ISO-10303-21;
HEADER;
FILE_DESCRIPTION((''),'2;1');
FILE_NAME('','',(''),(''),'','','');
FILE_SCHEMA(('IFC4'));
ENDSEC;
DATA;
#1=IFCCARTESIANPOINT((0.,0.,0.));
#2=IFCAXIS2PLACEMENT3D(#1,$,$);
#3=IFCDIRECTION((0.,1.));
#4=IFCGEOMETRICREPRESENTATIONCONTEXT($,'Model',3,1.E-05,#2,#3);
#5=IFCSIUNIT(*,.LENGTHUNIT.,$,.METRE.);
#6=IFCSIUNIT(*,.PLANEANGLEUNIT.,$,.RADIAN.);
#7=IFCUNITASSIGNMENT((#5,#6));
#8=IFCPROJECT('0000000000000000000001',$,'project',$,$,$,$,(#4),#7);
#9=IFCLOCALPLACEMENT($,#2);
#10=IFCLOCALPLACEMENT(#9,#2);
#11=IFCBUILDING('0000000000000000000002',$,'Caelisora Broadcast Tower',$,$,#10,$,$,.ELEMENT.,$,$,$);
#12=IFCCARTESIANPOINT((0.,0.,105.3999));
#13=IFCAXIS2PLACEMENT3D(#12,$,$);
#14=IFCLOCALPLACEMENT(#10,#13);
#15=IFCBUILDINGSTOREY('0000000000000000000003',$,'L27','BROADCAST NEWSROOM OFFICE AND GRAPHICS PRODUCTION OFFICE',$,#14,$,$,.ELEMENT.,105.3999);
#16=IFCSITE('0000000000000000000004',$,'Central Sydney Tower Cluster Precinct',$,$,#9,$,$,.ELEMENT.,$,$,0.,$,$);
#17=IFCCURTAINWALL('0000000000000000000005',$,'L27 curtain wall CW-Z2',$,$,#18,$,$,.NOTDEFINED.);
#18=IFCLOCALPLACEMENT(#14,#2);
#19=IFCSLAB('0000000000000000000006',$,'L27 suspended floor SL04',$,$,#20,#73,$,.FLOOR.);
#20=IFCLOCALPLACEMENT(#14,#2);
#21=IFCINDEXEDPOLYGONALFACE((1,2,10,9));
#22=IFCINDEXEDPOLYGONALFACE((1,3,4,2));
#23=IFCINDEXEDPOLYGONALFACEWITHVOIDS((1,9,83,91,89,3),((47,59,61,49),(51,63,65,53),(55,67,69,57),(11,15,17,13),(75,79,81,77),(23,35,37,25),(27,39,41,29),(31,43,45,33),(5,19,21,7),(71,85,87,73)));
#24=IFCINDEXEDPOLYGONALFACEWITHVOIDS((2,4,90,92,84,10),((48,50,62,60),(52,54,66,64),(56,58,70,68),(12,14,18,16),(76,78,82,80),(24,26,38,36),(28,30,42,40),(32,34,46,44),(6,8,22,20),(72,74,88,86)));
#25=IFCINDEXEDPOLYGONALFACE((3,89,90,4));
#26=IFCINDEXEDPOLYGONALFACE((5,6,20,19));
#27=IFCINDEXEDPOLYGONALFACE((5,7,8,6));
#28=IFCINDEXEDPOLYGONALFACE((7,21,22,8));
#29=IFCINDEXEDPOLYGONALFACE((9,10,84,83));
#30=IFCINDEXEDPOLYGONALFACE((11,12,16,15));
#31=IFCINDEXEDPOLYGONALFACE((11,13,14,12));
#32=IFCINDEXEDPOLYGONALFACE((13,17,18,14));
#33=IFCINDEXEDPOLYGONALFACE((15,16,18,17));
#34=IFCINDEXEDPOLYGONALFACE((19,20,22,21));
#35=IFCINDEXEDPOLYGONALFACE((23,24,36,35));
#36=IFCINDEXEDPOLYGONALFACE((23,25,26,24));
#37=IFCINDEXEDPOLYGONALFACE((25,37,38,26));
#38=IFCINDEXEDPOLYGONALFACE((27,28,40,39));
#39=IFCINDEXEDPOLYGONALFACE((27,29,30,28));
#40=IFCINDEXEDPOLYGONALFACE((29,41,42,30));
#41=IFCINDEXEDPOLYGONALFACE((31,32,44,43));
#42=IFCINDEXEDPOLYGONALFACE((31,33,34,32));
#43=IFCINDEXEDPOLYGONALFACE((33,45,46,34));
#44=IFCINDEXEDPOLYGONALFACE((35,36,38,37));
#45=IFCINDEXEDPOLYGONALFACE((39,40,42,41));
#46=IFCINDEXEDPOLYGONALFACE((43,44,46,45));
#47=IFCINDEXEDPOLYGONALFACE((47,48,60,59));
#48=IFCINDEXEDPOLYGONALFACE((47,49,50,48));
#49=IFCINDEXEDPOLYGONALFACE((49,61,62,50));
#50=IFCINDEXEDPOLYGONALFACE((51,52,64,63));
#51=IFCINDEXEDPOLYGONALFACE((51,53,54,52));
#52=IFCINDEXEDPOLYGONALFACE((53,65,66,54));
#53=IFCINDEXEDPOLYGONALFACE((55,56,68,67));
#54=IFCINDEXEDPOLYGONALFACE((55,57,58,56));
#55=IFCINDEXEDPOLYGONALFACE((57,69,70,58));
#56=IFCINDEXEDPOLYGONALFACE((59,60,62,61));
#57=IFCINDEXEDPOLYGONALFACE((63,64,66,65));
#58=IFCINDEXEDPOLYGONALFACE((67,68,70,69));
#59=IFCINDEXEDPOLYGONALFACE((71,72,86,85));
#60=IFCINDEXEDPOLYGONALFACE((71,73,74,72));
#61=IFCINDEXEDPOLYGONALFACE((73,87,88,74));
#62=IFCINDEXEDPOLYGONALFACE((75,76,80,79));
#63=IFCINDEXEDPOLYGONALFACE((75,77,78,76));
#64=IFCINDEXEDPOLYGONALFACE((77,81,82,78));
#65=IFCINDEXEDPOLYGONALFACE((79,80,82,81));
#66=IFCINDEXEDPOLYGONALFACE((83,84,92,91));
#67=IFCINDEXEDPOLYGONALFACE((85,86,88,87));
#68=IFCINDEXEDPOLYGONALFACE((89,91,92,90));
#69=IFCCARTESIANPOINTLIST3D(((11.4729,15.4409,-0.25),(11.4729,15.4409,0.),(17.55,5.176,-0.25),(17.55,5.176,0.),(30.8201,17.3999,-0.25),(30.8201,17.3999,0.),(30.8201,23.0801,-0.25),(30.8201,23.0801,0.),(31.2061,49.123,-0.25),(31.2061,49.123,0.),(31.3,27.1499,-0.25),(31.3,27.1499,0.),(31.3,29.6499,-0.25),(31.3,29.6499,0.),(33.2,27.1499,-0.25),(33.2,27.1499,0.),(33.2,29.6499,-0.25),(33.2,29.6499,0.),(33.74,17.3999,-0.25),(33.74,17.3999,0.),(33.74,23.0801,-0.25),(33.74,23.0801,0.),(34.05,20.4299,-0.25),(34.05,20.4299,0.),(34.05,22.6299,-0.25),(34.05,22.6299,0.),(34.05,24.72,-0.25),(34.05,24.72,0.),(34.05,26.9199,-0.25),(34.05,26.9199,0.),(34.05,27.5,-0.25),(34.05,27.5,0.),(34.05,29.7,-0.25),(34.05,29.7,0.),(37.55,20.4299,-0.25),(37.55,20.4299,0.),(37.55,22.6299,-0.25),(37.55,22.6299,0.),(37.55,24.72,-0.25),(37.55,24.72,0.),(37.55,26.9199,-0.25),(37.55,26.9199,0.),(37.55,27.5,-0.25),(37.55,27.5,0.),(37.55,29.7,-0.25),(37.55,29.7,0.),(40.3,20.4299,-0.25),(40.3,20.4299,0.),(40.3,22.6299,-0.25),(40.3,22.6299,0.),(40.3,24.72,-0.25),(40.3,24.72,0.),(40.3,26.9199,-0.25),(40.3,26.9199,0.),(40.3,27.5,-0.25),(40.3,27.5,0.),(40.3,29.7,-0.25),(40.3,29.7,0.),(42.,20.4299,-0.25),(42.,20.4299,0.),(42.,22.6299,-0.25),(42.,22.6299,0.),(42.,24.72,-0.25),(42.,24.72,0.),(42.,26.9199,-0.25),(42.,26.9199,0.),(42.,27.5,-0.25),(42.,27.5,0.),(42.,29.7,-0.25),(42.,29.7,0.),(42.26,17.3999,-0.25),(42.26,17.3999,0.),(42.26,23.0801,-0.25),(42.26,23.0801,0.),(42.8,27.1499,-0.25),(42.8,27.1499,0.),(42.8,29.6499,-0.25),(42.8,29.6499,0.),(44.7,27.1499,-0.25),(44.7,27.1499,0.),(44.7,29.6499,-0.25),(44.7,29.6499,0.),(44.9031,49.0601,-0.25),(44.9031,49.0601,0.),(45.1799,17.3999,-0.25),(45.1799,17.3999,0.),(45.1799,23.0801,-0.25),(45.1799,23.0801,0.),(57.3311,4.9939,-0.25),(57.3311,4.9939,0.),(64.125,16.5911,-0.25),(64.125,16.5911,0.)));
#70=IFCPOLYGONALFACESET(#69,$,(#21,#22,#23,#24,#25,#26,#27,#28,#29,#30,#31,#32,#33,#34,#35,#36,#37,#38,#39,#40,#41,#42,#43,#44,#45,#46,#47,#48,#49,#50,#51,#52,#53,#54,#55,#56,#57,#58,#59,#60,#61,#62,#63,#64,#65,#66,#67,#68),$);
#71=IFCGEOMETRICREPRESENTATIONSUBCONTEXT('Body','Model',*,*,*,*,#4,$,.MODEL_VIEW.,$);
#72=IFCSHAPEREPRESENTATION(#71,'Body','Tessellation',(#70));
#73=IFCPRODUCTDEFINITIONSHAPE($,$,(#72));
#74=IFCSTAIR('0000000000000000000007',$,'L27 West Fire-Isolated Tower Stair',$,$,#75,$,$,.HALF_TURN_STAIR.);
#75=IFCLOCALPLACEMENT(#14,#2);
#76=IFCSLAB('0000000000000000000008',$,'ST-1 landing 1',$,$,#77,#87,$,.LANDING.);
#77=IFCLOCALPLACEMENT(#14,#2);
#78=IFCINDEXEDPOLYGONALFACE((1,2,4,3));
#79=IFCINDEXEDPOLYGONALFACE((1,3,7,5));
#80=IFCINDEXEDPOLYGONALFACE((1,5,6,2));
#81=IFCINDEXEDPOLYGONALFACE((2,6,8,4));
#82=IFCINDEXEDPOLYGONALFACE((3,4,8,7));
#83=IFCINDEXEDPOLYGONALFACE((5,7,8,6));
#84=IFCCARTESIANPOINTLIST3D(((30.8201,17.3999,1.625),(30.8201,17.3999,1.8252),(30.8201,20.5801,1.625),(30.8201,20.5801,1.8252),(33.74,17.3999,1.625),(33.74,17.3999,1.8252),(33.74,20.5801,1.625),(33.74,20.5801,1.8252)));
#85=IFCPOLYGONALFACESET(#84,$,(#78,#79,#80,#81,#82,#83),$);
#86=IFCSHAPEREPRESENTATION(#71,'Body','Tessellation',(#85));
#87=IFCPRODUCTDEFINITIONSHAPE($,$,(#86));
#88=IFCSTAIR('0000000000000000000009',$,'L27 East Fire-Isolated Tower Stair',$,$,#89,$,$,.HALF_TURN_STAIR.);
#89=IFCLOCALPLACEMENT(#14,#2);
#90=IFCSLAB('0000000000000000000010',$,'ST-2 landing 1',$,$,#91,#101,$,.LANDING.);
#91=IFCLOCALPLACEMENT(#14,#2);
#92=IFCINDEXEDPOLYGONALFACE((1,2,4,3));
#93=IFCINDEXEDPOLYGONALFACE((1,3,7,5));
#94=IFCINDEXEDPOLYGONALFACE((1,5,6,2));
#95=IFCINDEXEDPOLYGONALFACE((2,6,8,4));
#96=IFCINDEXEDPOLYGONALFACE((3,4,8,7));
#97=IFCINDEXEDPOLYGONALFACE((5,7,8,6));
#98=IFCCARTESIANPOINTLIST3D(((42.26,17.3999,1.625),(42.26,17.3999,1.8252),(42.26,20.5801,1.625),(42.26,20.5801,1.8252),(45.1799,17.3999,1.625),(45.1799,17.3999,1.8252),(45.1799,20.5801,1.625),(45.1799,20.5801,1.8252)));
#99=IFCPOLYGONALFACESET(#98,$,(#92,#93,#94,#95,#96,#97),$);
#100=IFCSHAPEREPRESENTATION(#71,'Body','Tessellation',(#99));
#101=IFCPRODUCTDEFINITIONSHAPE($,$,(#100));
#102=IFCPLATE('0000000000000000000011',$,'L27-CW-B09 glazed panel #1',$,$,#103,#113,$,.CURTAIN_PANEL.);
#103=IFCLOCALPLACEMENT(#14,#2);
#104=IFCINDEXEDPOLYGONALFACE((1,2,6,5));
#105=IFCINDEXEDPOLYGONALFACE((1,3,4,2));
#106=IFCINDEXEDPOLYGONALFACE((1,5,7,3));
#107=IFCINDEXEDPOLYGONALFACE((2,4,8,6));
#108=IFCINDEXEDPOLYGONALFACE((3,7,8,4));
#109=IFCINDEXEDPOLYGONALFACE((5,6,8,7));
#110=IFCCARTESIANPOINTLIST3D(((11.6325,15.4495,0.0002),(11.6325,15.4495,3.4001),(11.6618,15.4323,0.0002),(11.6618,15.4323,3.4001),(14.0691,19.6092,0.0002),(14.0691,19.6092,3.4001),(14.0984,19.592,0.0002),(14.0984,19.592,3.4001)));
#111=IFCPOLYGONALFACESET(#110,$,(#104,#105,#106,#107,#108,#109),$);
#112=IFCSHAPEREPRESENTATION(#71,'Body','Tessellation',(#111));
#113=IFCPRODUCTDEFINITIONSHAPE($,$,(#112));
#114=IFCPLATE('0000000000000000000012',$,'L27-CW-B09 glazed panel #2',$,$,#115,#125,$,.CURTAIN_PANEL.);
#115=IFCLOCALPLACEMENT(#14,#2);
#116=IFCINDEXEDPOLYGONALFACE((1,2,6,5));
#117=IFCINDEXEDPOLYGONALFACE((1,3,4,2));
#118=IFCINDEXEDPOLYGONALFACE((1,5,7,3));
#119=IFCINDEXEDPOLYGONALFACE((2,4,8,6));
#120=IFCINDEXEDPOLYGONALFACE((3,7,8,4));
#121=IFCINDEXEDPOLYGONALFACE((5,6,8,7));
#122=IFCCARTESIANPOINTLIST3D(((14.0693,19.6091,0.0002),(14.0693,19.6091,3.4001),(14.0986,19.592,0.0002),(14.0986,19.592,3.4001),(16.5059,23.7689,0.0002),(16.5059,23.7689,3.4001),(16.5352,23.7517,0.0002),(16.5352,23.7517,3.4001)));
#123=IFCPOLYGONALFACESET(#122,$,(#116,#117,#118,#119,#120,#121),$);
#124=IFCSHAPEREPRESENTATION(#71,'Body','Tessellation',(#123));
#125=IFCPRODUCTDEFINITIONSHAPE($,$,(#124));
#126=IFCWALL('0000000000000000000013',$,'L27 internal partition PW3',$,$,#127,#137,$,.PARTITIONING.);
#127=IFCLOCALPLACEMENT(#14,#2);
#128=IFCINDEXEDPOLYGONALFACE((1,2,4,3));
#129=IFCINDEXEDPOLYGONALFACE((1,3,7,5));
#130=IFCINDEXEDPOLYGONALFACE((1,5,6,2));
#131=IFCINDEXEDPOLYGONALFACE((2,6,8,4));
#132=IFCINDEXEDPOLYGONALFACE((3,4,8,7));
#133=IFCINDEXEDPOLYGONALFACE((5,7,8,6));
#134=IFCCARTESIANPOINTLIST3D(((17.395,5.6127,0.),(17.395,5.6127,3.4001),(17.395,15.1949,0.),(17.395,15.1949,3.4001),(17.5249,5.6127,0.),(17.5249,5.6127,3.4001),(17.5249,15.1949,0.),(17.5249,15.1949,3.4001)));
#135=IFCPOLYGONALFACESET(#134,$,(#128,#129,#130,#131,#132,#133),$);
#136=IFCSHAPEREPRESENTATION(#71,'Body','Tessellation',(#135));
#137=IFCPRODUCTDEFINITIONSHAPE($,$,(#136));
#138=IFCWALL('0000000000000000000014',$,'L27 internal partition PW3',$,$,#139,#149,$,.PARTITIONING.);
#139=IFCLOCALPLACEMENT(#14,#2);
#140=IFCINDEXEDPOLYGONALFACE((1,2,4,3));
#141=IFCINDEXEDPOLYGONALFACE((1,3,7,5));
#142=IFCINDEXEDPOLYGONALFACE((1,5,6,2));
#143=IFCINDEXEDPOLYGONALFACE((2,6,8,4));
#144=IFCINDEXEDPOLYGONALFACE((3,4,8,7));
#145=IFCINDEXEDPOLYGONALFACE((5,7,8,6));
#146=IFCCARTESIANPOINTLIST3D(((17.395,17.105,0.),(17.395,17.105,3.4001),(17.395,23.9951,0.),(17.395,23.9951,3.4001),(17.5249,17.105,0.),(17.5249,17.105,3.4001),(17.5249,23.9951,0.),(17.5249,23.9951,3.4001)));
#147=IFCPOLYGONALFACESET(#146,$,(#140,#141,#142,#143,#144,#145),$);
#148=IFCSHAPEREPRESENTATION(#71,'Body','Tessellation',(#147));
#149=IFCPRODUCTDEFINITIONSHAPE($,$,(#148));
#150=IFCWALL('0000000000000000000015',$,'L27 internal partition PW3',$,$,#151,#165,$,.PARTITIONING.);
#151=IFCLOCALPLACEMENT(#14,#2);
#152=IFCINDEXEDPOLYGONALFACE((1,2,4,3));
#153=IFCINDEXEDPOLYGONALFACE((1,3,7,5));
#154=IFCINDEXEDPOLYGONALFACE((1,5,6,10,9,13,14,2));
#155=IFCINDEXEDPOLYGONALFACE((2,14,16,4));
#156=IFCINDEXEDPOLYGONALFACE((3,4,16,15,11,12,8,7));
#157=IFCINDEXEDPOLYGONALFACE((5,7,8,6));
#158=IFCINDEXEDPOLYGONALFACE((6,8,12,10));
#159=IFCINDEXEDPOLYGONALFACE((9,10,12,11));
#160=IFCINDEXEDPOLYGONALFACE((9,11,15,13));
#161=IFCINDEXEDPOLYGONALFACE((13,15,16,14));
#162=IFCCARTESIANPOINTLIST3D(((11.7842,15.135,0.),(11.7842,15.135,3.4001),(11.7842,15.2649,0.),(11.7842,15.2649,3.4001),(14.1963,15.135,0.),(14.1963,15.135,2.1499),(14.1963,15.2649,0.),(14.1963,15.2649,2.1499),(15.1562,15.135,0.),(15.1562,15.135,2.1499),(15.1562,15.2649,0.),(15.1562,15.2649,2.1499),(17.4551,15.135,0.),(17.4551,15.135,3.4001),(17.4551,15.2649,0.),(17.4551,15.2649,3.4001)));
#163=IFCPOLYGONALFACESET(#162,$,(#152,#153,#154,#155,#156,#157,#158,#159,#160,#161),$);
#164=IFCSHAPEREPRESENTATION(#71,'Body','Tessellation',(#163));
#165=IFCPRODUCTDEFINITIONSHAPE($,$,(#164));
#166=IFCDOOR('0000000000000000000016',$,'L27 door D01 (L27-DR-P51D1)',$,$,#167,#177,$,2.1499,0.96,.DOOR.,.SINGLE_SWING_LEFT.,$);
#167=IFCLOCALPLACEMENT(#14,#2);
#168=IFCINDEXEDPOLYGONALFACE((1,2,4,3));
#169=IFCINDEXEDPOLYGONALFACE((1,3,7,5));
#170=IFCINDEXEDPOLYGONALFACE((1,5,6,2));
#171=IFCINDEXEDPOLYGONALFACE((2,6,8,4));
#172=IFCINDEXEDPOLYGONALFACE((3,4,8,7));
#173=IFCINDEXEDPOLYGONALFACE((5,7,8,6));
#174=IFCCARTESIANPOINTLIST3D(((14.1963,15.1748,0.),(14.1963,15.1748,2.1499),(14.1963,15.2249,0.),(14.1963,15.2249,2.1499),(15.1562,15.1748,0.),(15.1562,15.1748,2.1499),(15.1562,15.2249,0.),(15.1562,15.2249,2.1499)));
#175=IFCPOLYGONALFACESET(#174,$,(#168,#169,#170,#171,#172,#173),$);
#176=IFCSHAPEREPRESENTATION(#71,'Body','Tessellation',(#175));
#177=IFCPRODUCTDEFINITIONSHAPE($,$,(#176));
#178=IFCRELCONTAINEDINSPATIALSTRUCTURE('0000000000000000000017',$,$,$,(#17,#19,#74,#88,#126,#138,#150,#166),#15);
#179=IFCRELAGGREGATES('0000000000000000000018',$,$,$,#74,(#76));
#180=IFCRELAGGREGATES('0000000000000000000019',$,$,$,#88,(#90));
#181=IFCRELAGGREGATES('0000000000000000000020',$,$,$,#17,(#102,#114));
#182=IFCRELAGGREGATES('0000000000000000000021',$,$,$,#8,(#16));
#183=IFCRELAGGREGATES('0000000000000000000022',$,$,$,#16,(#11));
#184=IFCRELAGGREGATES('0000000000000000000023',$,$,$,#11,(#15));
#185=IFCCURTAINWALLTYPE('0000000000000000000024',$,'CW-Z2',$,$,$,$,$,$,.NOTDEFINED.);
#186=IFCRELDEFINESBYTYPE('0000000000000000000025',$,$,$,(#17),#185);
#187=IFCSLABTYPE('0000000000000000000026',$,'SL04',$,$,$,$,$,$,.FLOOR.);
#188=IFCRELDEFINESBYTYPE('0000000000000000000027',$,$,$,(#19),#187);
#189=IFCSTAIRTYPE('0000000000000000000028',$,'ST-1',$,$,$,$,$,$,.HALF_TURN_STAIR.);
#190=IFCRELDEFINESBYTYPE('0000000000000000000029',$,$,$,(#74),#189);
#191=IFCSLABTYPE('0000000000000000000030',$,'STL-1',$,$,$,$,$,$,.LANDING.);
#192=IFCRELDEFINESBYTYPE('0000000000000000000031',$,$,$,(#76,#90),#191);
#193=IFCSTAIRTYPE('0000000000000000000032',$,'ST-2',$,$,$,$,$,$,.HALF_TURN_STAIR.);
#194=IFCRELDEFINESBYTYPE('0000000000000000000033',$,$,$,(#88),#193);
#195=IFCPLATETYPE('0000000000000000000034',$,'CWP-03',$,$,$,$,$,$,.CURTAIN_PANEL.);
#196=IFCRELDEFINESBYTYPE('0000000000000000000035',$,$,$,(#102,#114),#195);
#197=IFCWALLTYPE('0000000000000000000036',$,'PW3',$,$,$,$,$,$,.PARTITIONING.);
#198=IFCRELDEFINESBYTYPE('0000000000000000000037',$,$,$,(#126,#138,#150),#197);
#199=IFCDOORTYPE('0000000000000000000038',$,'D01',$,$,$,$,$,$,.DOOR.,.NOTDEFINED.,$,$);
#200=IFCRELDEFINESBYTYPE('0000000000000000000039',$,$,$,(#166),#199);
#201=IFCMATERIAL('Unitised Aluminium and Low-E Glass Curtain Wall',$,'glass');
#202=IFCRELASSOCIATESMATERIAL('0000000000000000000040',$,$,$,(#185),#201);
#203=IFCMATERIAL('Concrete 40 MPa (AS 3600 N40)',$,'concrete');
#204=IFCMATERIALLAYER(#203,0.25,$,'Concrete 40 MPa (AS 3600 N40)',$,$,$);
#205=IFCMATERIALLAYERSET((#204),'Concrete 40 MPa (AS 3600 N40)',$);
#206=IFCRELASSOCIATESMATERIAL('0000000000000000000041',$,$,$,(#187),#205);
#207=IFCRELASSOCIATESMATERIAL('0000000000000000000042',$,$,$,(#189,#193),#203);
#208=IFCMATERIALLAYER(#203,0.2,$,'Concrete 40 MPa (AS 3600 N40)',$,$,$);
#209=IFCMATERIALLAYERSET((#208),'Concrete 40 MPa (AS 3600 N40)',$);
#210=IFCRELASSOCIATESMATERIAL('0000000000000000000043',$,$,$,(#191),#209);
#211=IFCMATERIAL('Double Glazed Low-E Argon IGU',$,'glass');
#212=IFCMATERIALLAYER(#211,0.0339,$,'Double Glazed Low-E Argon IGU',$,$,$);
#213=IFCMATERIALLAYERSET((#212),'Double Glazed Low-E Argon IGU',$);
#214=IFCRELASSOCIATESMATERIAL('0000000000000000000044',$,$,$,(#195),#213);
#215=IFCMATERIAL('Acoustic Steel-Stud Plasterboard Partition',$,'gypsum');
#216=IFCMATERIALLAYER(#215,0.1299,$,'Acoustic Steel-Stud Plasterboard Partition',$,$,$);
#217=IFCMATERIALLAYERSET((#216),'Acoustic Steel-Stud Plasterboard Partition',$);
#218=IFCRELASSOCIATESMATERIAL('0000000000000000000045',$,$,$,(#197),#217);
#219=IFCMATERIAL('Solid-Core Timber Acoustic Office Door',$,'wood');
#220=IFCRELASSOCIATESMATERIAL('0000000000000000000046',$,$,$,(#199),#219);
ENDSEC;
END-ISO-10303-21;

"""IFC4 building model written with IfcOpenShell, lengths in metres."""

from ifc_helpers import new_model, si_unit, direction, frame, frame_2d, origin, origin_2d, place, context, subcontext, project, spatial, polyline, rectangle, outline, extrude, source, transform, mapped, material, layer, layer_set, type_object, type_shapes, element, fill, aggregate, save


model = new_model("IFC4")

# Units and contexts
model_context = context("Model", 3, precision=1e-05, world=origin(), true_north=direction((0.0, 1.0)))
body_context = subcontext(model_context, "Body", "Model", "MODEL_VIEW")
ifc_project = project(units=[si_unit("LENGTHUNIT", "METRE"), si_unit("PLANEANGLEUNIT", "RADIAN")], contexts=[model_context])

# Site, building, storey
site_placement = place(None, origin())
site = spatial("IfcSite", under=ifc_project, at=site_placement, Name="Central Sydney Tower Cluster Precinct", CompositionType="ELEMENT", RefElevation=0.0)
building_placement = place(site_placement, origin())
building = spatial("IfcBuilding", under=site, at=building_placement, Name="Caelisora Broadcast Tower", CompositionType="ELEMENT")
storey_placement = place(building_placement, frame((0.0, 0.0, 105.3999)))
storey = spatial("IfcBuildingStorey", under=building, at=storey_placement, Name="L27", Description="BROADCAST NEWSROOM OFFICE AND GRAPHICS PRODUCTION OFFICE", CompositionType="ELEMENT", Elevation=105.3999)

# Curtain wall
ifc_material_1 = material(Name="Unitised Aluminium and Low-E Glass Curtain Wall", Category="glass")
curtain_wall_type = type_object("IfcCurtainWallType", Name="CW-Z2", PredefinedType="NOTDEFINED", material=ifc_material_1)
curtain_wall_placement = place(storey_placement, origin())
curtain_wall = element("IfcCurtainWall", 1, at=curtain_wall_placement, inside=storey, type_object=curtain_wall_type, Name="L27 curtain wall CW-Z2", PredefinedType="NOTDEFINED")

# Slab
ifc_material_2 = material(Name="Concrete 40 MPa (AS 3600 N40)", Category="concrete")
ifc_layer_1 = layer(ifc_material_2, 0.25, Name="Concrete 40 MPa (AS 3600 N40)")
ifc_layer_set_1 = layer_set([ifc_layer_1], Name="Concrete 40 MPa (AS 3600 N40)")
slab_type_1 = type_object("IfcSlabType", Name="SL04", PredefinedType="FLOOR", material=ifc_layer_set_1)
slab_1_placement = place(storey_placement, frame((0.0, 0.0, -0.25)))
element("IfcSlab", 2, at=slab_1_placement, inside=storey, type_object=slab_type_1, Name="L27 suspended floor SL04", PredefinedType="FLOOR", context=body_context, shape_type="SweptSolid", body=[
    extrude(outline(polyline([(44.9031, 49.0601), (31.2061, 49.123), (11.4729, 15.4409), (17.55, 5.176), (57.3311, 4.9939), (64.125, 16.5911), (44.9031, 49.0601)]), holes=[polyline([(30.8201, 17.3999), (33.74, 17.3999), (33.74, 23.0801), (30.8201, 23.0801), (30.8201, 17.3999)]), polyline([(42.26, 17.3999), (45.1799, 17.3999), (45.1799, 23.0801), (42.26, 23.0801), (42.26, 17.3999)]), polyline([(42.8, 27.1499), (44.7, 27.1499), (44.7, 29.6499), (42.8, 29.6499), (42.8, 27.1499)]), polyline([(40.3, 20.4299), (42.0, 20.4299), (42.0, 22.6299), (40.3, 22.6299), (40.3, 20.4299)]), polyline([(40.3, 24.72), (42.0, 24.72), (42.0, 26.9199), (40.3, 26.9199), (40.3, 24.72)]), polyline([(40.3, 27.5), (42.0, 27.5), (42.0, 29.7), (40.3, 29.7), (40.3, 27.5)]), polyline([(34.05, 20.4299), (37.55, 20.4299), (37.55, 22.6299), (34.05, 22.6299), (34.05, 20.4299)]), polyline([(34.05, 24.72), (37.55, 24.72), (37.55, 26.9199), (34.05, 26.9199), (34.05, 24.72)]), polyline([(34.05, 27.5), (37.55, 27.5), (37.55, 29.7), (34.05, 29.7), (34.05, 27.5)]), polyline([(31.3, 27.1499), (33.2, 27.1499), (33.2, 29.6499), (31.3, 29.6499), (31.3, 27.1499)])]), origin(), (0.0, 0.0, 1.0), 0.25),
])

# Stairs, slabs
stair_type_1 = type_object("IfcStairType", Name="ST-1", PredefinedType="HALF_TURN_STAIR", material=ifc_material_2)
stair_1_placement = place(storey_placement, origin())
stair_1 = element("IfcStair", 3, at=stair_1_placement, inside=storey, type_object=stair_type_1, Name="L27 West Fire-Isolated Tower Stair", PredefinedType="HALF_TURN_STAIR")
ifc_layer_2 = layer(ifc_material_2, 0.2, Name="Concrete 40 MPa (AS 3600 N40)")
ifc_layer_set_2 = layer_set([ifc_layer_2], Name="Concrete 40 MPa (AS 3600 N40)")
slab_type_2 = type_object("IfcSlabType", Name="STL-1", PredefinedType="LANDING", material=ifc_layer_set_2)
slab_2_placement = place(storey_placement, frame((0.0, 0.0, 1.625)))
slab_2 = element("IfcSlab", 4, at=slab_2_placement, type_object=slab_type_2, Name="ST-1 landing 1", PredefinedType="LANDING", context=body_context, shape_type="SweptSolid", body=[
    extrude(outline(polyline([(30.8201, 20.5801), (30.8201, 17.3999), (33.74, 17.3999), (33.74, 20.5801), (30.8201, 20.5801)])), origin(), (0.0, 0.0, 1.0), 0.2002),
])
aggregate(stair_1, [slab_2])
stair_type_2 = type_object("IfcStairType", Name="ST-2", PredefinedType="HALF_TURN_STAIR", material=ifc_material_2)
stair_2_placement = place(storey_placement, origin())
stair_2 = element("IfcStair", 5, at=stair_2_placement, inside=storey, type_object=stair_type_2, Name="L27 East Fire-Isolated Tower Stair", PredefinedType="HALF_TURN_STAIR")
slab_3_placement = place(storey_placement, frame((0.0, 0.0, 1.625)))
slab_3 = element("IfcSlab", 6, at=slab_3_placement, type_object=slab_type_2, Name="ST-2 landing 1", PredefinedType="LANDING", context=body_context, shape_type="SweptSolid", body=[
    extrude(outline(polyline([(42.26, 20.5801), (42.26, 17.3999), (45.1799, 17.3999), (45.1799, 20.5801), (42.26, 20.5801)])), origin(), (0.0, 0.0, 1.0), 0.2002),
])
aggregate(stair_2, [slab_3])

# Plates
ifc_material_3 = material(Name="Double Glazed Low-E Argon IGU", Category="glass")
ifc_layer_3 = layer(ifc_material_3, 0.0339, Name="Double Glazed Low-E Argon IGU")
ifc_layer_set_3 = layer_set([ifc_layer_3], Name="Double Glazed Low-E Argon IGU")
plate_type = type_object("IfcPlateType", Name="CWP-03", PredefinedType="CURTAIN_PANEL", material=ifc_layer_set_3)
shared_shape_1 = source(origin(), body_context, "Body", "SweptSolid", [
    extrude(rectangle(XDim=4.8208, YDim=0.0339, at=origin_2d()), origin(), (0.0, 0.0, 1.0), 3.3999),
])
type_shapes(plate_type, [shared_shape_1])
plate_1_placement = place(storey_placement, frame((12.8655, 17.5208, 0.0002), z_axis=(0.0, 0.0, 1.0), x_axis=(0.505431, 0.862867, 0.0)))
plate_1 = element("IfcPlate", 7, at=plate_1_placement, type_object=plate_type, Name="L27-CW-B09 glazed panel #1", PredefinedType="CURTAIN_PANEL", context=body_context, shape_type="MappedRepresentation", body=[
    mapped(shared_shape_1, transform((0.0, 0.0, 0.0), scale=1.0)),
])
plate_2_placement = place(storey_placement, frame((15.3022, 21.6804, 0.0002), z_axis=(0.0, 0.0, 1.0), x_axis=(0.505431, 0.862867, 0.0)))
plate_2 = element("IfcPlate", 8, at=plate_2_placement, type_object=plate_type, Name="L27-CW-B09 glazed panel #2", PredefinedType="CURTAIN_PANEL", context=body_context, shape_type="MappedRepresentation", body=[
    mapped(shared_shape_1, transform((0.0, 0.0, 0.0), scale=1.0)),
])
aggregate(curtain_wall, [plate_1, plate_2])

# Walls
ifc_material_4 = material(Name="Acoustic Steel-Stud Plasterboard Partition", Category="gypsum")
ifc_layer_4 = layer(ifc_material_4, 0.1299, Name="Acoustic Steel-Stud Plasterboard Partition")
ifc_layer_set_4 = layer_set([ifc_layer_4], Name="Acoustic Steel-Stud Plasterboard Partition")
wall_type = type_object("IfcWallType", Name="PW3", PredefinedType="PARTITIONING", material=ifc_layer_set_4)
wall_1_placement = place(storey_placement, frame((17.46, 5.6128, 0.0), z_axis=(0.0, 0.0, 1.0), x_axis=(0.0, 1.0, 0.0)))
element("IfcWall", 9, at=wall_1_placement, inside=storey, type_object=wall_type, Name="L27 internal partition PW3", PredefinedType="PARTITIONING", context=body_context, shape_type="SweptSolid", body=[
    extrude(rectangle(XDim=9.5823, YDim=0.1299, at=frame_2d((4.791, 0.0))), origin(), (0.0, 0.0, 1.0), 3.4001),
])
wall_2_placement = place(storey_placement, frame((17.46, 17.105, 0.0), z_axis=(0.0, 0.0, 1.0), x_axis=(0.0, 1.0, 0.0)))
element("IfcWall", 10, at=wall_2_placement, inside=storey, type_object=wall_type, Name="L27 internal partition PW3", PredefinedType="PARTITIONING", context=body_context, shape_type="SweptSolid", body=[
    extrude(rectangle(XDim=6.8901, YDim=0.1299, at=frame_2d((3.4451, 0.0))), origin(), (0.0, 0.0, 1.0), 3.4001),
])

# Wall, opening, door
wall_3_placement = place(storey_placement, frame((11.7842, 15.2, 0.0), z_axis=(0.0, 0.0, 1.0), x_axis=(1.0, 0.0, 0.0)))
wall_3 = element("IfcWall", 11, at=wall_3_placement, inside=storey, type_object=wall_type, Name="L27 internal partition PW3", PredefinedType="PARTITIONING", context=body_context, shape_type="SweptSolid", body=[
    extrude(rectangle(XDim=5.6709, YDim=0.1299, at=frame_2d((2.8354, 0.0))), origin(), (0.0, 0.0, 1.0), 3.4001),
])
opening_1_placement = place(wall_3_placement, frame((2.4121, 0.0, 0.0)))
opening_1 = element("IfcOpeningElement", 12, at=opening_1_placement, cuts=wall_3, PredefinedType="OPENING", context=body_context, shape_type="SweptSolid", body=[
    extrude(rectangle(XDim=0.96, YDim=2.1499, at=frame_2d((0.48, 1.075))), frame((0.0, 0.0769, 0.0), z_axis=(0.0, -1.0, 0.0), x_axis=(1.0, 0.0, 0.0)), (0.0, 0.0, 1.0), 0.1538),
])
ifc_material_5 = material(Name="Solid-Core Timber Acoustic Office Door", Category="wood")
door_type = type_object("IfcDoorType", Name="D01", OperationType="NOTDEFINED", PredefinedType="DOOR", material=ifc_material_5)
door_1_placement = place(opening_1_placement, origin())
door_1 = element("IfcDoor", 13, at=door_1_placement, inside=storey, type_object=door_type, Name="L27 door D01 (L27-DR-P51D1)", OperationType="SINGLE_SWING_LEFT", OverallHeight=2.1499, OverallWidth=0.96, PredefinedType="DOOR", context=body_context, shape_type="SweptSolid", body=[
    extrude(rectangle(XDim=0.96, YDim=2.1499, at=frame_2d((0.48, 1.075))), frame((0.0, 0.0249, 0.0), z_axis=(0.0, -1.0, 0.0), x_axis=(1.0, 0.0, 0.0)), (0.0, 0.0, 1.0), 0.05),
])
fill(opening_1, door_1)

save(model, "model.ifc")
